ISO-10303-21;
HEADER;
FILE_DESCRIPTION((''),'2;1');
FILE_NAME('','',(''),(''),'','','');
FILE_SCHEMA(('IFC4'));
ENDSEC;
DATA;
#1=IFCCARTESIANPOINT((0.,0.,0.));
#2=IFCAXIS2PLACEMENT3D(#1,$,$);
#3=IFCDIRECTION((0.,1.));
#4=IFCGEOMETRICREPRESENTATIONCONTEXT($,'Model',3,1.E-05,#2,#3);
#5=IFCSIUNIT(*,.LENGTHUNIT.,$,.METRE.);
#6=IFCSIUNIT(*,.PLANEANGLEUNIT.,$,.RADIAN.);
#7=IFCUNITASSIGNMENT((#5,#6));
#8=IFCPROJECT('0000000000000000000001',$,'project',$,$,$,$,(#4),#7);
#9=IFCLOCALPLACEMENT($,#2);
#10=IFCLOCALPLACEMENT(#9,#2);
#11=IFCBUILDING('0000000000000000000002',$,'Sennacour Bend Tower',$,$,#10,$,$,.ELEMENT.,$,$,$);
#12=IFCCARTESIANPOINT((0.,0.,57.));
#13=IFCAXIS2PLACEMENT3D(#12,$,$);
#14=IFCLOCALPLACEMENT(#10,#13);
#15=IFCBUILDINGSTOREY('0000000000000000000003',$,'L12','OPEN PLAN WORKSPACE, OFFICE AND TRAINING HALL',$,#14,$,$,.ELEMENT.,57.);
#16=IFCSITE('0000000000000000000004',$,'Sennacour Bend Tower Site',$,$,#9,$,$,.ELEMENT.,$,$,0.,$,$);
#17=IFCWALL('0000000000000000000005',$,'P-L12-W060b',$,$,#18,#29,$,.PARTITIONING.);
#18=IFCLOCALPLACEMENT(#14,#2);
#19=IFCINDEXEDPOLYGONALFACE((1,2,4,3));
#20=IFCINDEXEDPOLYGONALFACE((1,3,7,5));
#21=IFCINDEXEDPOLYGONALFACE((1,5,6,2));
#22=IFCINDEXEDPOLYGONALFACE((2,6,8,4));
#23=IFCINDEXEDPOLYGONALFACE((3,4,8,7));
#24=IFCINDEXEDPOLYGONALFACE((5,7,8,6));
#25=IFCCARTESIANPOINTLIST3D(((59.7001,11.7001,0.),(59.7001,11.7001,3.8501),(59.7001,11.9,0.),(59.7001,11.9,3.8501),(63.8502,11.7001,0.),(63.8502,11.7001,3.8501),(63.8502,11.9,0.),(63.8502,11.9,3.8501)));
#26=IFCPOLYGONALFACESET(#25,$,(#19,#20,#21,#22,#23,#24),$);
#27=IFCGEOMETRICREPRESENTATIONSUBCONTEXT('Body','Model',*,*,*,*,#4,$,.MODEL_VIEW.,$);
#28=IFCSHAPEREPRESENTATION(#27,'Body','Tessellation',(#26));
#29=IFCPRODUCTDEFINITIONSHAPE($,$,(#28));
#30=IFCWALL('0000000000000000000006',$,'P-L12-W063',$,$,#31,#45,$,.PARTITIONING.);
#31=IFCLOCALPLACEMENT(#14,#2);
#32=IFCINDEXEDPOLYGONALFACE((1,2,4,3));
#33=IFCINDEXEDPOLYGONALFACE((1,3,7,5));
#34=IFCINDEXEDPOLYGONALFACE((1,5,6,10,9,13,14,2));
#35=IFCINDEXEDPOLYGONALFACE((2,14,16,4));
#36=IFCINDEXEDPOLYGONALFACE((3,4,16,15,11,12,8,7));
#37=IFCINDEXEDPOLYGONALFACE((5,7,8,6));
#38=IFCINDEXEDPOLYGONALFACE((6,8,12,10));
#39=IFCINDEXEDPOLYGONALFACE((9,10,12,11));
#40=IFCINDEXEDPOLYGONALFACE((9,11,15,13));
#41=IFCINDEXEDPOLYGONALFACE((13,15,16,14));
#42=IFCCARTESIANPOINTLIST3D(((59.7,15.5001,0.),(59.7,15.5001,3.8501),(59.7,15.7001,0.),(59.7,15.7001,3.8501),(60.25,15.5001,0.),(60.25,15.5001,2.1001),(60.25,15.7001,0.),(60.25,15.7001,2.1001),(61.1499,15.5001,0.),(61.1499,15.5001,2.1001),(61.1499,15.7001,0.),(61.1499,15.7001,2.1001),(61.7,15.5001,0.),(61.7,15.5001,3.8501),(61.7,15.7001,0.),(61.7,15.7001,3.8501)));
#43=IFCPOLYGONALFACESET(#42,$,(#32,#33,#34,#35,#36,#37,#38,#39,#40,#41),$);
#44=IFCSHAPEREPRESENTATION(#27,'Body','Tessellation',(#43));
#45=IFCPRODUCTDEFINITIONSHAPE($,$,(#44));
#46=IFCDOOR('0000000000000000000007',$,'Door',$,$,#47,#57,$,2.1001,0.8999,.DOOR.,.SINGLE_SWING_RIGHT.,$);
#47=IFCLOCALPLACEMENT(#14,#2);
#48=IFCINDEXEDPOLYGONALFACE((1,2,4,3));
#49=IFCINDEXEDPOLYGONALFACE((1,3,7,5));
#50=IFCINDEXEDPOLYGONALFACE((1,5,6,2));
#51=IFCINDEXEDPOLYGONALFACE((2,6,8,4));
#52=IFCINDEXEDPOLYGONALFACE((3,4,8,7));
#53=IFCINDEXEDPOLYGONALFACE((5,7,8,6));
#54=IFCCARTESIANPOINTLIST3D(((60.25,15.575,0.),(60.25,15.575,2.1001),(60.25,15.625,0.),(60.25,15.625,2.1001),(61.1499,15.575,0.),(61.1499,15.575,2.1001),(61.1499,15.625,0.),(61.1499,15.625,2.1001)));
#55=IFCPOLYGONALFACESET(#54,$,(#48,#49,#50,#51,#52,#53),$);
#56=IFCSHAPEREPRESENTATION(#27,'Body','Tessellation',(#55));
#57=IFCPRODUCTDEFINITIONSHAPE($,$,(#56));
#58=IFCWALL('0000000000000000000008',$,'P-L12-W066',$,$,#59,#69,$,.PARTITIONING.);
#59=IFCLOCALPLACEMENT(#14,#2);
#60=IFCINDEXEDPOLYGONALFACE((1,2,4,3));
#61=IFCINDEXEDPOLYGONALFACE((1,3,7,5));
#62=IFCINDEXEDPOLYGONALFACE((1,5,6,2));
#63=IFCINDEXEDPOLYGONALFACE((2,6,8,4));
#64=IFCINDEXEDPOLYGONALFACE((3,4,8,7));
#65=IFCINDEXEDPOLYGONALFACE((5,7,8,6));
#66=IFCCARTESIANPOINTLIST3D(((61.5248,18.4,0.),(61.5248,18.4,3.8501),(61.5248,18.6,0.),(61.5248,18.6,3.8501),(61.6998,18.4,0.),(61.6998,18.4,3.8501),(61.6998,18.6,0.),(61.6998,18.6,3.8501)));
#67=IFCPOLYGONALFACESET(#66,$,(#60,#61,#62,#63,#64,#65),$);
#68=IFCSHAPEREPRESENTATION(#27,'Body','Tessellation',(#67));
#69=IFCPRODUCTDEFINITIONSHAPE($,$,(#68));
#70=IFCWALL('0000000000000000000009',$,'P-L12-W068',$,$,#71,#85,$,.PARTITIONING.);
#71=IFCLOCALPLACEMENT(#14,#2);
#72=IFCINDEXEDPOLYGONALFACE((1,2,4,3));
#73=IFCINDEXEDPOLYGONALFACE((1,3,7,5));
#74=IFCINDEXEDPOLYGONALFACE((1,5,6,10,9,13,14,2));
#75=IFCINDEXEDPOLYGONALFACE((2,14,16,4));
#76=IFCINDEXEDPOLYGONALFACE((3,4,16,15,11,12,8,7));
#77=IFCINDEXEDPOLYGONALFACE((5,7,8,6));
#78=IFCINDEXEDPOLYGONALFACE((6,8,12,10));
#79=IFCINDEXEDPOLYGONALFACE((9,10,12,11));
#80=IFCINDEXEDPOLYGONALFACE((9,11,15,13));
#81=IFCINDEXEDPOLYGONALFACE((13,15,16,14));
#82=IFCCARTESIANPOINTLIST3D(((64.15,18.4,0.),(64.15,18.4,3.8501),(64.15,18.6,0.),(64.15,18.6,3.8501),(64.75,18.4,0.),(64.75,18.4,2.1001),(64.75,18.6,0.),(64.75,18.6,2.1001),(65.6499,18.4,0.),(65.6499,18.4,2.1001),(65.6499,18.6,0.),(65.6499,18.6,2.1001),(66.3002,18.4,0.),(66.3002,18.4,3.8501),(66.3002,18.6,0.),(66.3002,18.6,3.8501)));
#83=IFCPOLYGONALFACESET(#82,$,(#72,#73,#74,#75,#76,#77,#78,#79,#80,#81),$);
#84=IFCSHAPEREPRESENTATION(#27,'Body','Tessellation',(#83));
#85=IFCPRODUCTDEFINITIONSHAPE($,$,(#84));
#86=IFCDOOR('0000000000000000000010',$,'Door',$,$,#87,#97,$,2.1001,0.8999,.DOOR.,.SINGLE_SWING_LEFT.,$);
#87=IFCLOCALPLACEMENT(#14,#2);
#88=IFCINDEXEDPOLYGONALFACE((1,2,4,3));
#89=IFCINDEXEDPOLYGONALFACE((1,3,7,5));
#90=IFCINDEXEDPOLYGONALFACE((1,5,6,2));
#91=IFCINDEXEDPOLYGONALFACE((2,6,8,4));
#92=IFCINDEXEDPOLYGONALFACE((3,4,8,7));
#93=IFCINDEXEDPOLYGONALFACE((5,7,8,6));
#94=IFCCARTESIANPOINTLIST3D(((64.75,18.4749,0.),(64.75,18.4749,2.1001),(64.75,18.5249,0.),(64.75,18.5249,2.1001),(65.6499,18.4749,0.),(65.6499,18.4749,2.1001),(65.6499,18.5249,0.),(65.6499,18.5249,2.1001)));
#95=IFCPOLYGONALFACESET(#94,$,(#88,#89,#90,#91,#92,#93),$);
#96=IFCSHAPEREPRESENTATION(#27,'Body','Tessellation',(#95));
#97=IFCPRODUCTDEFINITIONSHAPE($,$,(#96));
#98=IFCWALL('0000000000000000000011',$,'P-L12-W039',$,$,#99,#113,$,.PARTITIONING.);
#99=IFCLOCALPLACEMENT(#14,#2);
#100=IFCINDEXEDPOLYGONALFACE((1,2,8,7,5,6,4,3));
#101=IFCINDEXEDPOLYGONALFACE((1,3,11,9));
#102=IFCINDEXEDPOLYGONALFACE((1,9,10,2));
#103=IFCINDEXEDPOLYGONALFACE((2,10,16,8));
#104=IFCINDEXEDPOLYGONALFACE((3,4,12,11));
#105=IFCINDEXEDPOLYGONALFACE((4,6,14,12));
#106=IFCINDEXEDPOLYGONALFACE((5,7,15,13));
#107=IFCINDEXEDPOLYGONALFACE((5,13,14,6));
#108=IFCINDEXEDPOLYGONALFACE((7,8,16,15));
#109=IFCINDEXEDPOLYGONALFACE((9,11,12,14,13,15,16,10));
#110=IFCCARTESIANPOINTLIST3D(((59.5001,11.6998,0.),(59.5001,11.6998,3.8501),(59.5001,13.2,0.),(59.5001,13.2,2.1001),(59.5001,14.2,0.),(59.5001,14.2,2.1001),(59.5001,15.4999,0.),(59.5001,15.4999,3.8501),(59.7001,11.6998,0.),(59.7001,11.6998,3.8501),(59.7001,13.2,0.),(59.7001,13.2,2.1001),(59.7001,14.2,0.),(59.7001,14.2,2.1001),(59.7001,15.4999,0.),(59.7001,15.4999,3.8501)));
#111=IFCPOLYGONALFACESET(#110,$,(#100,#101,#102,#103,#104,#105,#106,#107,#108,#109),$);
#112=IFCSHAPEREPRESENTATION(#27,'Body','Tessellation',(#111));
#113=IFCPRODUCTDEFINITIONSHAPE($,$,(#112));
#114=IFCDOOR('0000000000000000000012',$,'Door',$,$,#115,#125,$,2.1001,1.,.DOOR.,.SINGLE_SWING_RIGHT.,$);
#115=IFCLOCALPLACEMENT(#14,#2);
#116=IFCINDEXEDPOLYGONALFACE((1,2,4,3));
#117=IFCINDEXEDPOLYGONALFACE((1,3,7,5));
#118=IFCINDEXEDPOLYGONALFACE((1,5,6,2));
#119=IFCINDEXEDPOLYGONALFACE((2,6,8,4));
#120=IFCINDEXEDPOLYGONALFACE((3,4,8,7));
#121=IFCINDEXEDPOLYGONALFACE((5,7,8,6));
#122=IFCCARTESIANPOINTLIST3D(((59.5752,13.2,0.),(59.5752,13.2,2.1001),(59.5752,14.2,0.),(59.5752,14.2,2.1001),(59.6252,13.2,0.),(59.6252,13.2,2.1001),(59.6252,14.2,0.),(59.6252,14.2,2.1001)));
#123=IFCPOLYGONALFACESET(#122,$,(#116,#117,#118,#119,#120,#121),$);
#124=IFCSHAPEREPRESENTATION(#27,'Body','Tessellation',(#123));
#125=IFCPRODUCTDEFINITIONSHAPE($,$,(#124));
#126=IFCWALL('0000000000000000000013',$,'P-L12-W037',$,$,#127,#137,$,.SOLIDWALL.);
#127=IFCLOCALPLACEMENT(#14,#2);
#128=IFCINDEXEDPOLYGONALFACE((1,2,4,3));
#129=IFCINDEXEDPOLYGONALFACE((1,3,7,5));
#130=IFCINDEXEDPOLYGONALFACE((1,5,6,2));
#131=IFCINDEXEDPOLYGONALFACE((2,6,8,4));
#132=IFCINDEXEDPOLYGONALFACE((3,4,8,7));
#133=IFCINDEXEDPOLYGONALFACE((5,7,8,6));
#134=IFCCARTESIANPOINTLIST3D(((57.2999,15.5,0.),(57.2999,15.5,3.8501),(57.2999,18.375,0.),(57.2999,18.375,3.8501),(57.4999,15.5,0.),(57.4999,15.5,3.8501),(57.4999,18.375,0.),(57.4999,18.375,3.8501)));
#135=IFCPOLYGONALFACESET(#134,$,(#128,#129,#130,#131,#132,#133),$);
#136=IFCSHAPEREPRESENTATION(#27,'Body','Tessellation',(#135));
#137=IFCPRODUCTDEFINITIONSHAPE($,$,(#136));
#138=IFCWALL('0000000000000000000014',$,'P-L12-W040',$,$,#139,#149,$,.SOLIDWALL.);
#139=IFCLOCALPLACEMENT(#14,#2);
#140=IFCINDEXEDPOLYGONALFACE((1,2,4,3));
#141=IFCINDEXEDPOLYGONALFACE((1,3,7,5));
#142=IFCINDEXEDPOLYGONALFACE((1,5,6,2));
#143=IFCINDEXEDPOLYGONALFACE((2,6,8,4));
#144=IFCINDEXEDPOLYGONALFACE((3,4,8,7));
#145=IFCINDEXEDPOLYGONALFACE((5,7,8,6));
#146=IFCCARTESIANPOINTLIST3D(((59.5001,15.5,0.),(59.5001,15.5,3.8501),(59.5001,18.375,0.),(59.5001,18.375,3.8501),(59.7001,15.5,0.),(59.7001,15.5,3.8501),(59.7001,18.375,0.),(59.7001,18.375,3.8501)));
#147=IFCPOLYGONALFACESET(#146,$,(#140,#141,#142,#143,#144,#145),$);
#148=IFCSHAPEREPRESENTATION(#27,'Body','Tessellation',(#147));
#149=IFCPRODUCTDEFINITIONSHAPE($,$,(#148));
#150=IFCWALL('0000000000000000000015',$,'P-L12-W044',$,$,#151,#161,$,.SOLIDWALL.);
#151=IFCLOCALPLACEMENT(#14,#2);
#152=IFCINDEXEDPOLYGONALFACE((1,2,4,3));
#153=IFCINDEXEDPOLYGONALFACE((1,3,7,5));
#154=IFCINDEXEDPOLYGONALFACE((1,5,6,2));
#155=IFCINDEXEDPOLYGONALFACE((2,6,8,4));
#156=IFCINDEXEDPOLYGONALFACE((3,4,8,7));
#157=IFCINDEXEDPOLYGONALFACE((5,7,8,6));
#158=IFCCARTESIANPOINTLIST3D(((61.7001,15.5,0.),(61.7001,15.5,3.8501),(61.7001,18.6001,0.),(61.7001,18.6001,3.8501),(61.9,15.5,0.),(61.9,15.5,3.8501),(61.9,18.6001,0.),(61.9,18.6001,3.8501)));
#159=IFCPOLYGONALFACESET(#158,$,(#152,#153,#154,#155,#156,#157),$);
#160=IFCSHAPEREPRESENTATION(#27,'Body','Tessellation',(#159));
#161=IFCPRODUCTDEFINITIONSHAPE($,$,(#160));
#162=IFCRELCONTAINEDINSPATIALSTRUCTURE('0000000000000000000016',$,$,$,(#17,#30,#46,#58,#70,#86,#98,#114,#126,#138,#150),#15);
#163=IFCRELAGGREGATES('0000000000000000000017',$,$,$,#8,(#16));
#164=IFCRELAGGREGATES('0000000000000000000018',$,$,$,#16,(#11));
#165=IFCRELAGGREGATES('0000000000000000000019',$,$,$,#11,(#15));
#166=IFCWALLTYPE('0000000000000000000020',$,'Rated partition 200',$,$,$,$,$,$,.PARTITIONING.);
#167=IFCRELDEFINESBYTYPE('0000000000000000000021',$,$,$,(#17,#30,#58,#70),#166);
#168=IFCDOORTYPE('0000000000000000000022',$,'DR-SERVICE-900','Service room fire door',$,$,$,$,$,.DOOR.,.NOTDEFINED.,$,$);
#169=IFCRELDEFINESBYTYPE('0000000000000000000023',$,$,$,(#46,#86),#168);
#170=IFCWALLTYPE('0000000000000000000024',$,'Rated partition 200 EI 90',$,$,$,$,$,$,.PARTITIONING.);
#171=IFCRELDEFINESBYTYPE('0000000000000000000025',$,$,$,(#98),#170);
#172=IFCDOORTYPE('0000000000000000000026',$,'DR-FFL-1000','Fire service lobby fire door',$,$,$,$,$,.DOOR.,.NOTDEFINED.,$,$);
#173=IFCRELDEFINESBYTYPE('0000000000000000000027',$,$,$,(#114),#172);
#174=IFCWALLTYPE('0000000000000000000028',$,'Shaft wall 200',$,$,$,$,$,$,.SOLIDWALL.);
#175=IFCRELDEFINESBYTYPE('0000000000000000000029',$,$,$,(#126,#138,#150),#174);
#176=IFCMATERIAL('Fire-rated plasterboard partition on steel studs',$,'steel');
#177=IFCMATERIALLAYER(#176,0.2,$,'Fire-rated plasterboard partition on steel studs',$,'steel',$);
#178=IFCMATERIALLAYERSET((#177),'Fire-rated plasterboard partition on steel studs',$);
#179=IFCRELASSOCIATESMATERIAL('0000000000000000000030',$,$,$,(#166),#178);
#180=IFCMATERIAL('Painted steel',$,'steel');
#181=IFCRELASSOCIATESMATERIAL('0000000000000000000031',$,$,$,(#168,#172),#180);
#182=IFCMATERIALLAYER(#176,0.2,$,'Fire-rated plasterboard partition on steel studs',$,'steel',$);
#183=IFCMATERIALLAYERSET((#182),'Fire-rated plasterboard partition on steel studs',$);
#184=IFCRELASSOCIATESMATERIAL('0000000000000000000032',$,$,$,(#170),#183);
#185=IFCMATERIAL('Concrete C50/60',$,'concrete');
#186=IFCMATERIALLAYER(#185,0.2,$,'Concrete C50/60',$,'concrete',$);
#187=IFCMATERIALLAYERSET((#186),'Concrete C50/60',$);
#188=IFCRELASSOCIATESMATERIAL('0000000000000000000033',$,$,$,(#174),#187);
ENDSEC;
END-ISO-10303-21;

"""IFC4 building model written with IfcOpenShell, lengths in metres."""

from ifc_helpers import new_model, si_unit, direction, frame, frame_2d, origin, place, context, subcontext, project, spatial, rectangle, extrude, material, layer, layer_set, type_object, element, fill, save


model = new_model("IFC4")

# Units and contexts
model_context = context("Model", 3, precision=1e-05, world=origin(), true_north=direction((0.0, 1.0)))
body_context = subcontext(model_context, "Body", "Model", "MODEL_VIEW")
ifc_project = project(units=[si_unit("LENGTHUNIT", "METRE"), si_unit("PLANEANGLEUNIT", "RADIAN")], contexts=[model_context])

# Site, building, storey
site_placement = place(None, origin())
site = spatial("IfcSite", under=ifc_project, at=site_placement, Name="Sennacour Bend Tower Site", CompositionType="ELEMENT", RefElevation=0.0)
building_placement = place(site_placement, origin())
building = spatial("IfcBuilding", under=site, at=building_placement, Name="Sennacour Bend Tower", CompositionType="ELEMENT")
storey_placement = place(building_placement, frame((0.0, 0.0, 57.0)))
storey = spatial("IfcBuildingStorey", under=building, at=storey_placement, Name="L12", Description="OPEN PLAN WORKSPACE, OFFICE AND TRAINING HALL", CompositionType="ELEMENT", Elevation=57.0)

# Wall
ifc_material_1 = material(Name="Fire-rated plasterboard partition on steel studs", Category="steel")
ifc_layer_1 = layer(ifc_material_1, 0.2, Name="Fire-rated plasterboard partition on steel studs", Category="steel")
ifc_layer_set_1 = layer_set([ifc_layer_1], Name="Fire-rated plasterboard partition on steel studs")
wall_type_1 = type_object("IfcWallType", Name="Rated partition 200", PredefinedType="PARTITIONING", material=ifc_layer_set_1)
wall_1_placement = place(storey_placement, frame((59.7, 11.8, 0.0), z_axis=(0.0, 0.0, 1.0), x_axis=(1.0, 0.0, 0.0)))
element("IfcWall", 1, at=wall_1_placement, inside=storey, type_object=wall_type_1, Name="P-L12-W060b", PredefinedType="PARTITIONING", context=body_context, shape_type="SweptSolid", body=[
    extrude(rectangle(XDim=4.1501, YDim=0.2, at=frame_2d((2.0752, 0.0))), origin(), (0.0, 0.0, 1.0), 3.8501),
])

# Wall, opening, door
wall_2_placement = place(storey_placement, frame((59.7, 15.6001, 0.0), z_axis=(0.0, 0.0, 1.0), x_axis=(1.0, 0.0, 0.0)))
wall_2 = element("IfcWall", 2, at=wall_2_placement, inside=storey, type_object=wall_type_1, Name="P-L12-W063", PredefinedType="PARTITIONING", context=body_context, shape_type="SweptSolid", body=[
    extrude(rectangle(XDim=2.0, YDim=0.2, at=frame_2d((1.0, 0.0))), origin(), (0.0, 0.0, 1.0), 3.8501),
])
opening_1_placement = place(wall_2_placement, frame((0.55, 0.0, 0.0)))
opening_1 = element("IfcOpeningElement", 3, at=opening_1_placement, cuts=wall_2, PredefinedType="OPENING", context=body_context, shape_type="SweptSolid", body=[
    extrude(rectangle(XDim=0.8999, YDim=2.1001, at=frame_2d((0.45, 1.05))), frame((0.0, 0.1099, 0.0), z_axis=(0.0, -1.0, 0.0), x_axis=(1.0, 0.0, 0.0)), (0.0, 0.0, 1.0), 0.22),
])
ifc_material_2 = material(Name="Painted steel", Category="steel")
door_type_1 = type_object("IfcDoorType", Name="DR-SERVICE-900", Description="Service room fire door", OperationType="NOTDEFINED", PredefinedType="DOOR", material=ifc_material_2)
door_1_placement = place(opening_1_placement, origin())
door_1 = element("IfcDoor", 4, at=door_1_placement, inside=storey, type_object=door_type_1, Name="Door", OperationType="SINGLE_SWING_RIGHT", OverallHeight=2.1001, OverallWidth=0.8999, PredefinedType="DOOR", context=body_context, shape_type="SweptSolid", body=[
    extrude(rectangle(XDim=0.8999, YDim=2.1001, at=frame_2d((0.45, 1.05))), frame((0.0, 0.0249, 0.0), z_axis=(0.0, -1.0, 0.0), x_axis=(1.0, 0.0, 0.0)), (0.0, 0.0, 1.0), 0.05),
])
fill(opening_1, door_1)

# Wall
wall_3_placement = place(storey_placement, frame((61.5249, 18.5, 0.0), z_axis=(0.0, 0.0, 1.0), x_axis=(1.0, 0.0, 0.0)))
element("IfcWall", 5, at=wall_3_placement, inside=storey, type_object=wall_type_1, Name="P-L12-W066", PredefinedType="PARTITIONING", context=body_context, shape_type="SweptSolid", body=[
    extrude(rectangle(XDim=0.175, YDim=0.2, at=frame_2d((0.0874, 0.0))), origin(), (0.0, 0.0, 1.0), 3.8501),
])

# Walls, openings, doors
wall_4_placement = place(storey_placement, frame((64.1499, 18.5, 0.0), z_axis=(0.0, 0.0, 1.0), x_axis=(1.0, 0.0, 0.0)))
wall_4 = element("IfcWall", 6, at=wall_4_placement, inside=storey, type_object=wall_type_1, Name="P-L12-W068", PredefinedType="PARTITIONING", context=body_context, shape_type="SweptSolid", body=[
    extrude(rectangle(XDim=2.1501, YDim=0.2, at=frame_2d((1.0752, 0.0))), origin(), (0.0, 0.0, 1.0), 3.8501),
])
opening_2_placement = place(wall_4_placement, frame((0.6001, 0.0, 0.0)))
opening_2 = element("IfcOpeningElement", 7, at=opening_2_placement, cuts=wall_4, PredefinedType="OPENING", context=body_context, shape_type="SweptSolid", body=[
    extrude(rectangle(XDim=0.8999, YDim=2.1001, at=frame_2d((0.45, 1.05))), frame((0.0, 0.1099, 0.0), z_axis=(0.0, -1.0, 0.0), x_axis=(1.0, 0.0, 0.0)), (0.0, 0.0, 1.0), 0.22),
])
door_2_placement = place(opening_2_placement, origin())
door_2 = element("IfcDoor", 8, at=door_2_placement, inside=storey, type_object=door_type_1, Name="Door", OperationType="SINGLE_SWING_LEFT", OverallHeight=2.1001, OverallWidth=0.8999, PredefinedType="DOOR", context=body_context, shape_type="SweptSolid", body=[
    extrude(rectangle(XDim=0.8999, YDim=2.1001, at=frame_2d((0.45, 1.05))), frame((0.0, 0.0249, 0.0), z_axis=(0.0, -1.0, 0.0), x_axis=(1.0, 0.0, 0.0)), (0.0, 0.0, 1.0), 0.05),
])
fill(opening_2, door_2)
ifc_layer_2 = layer(ifc_material_1, 0.2, Name="Fire-rated plasterboard partition on steel studs", Category="steel")
ifc_layer_set_2 = layer_set([ifc_layer_2], Name="Fire-rated plasterboard partition on steel studs")
wall_type_2 = type_object("IfcWallType", Name="Rated partition 200 EI 90", PredefinedType="PARTITIONING", material=ifc_layer_set_2)
wall_5_placement = place(storey_placement, frame((59.6001, 11.7, 0.0), z_axis=(0.0, 0.0, 1.0), x_axis=(0.0, 1.0, 0.0)))
wall_5 = element("IfcWall", 9, at=wall_5_placement, inside=storey, type_object=wall_type_2, Name="P-L12-W039", PredefinedType="PARTITIONING", context=body_context, shape_type="SweptSolid", body=[
    extrude(rectangle(XDim=3.8, YDim=0.2, at=frame_2d((1.8999, 0.0))), origin(), (0.0, 0.0, 1.0), 3.8501),
])
opening_3_placement = place(wall_5_placement, frame((1.5, 0.0, 0.0)))
opening_3 = element("IfcOpeningElement", 10, at=opening_3_placement, cuts=wall_5, PredefinedType="OPENING", context=body_context, shape_type="SweptSolid", body=[
    extrude(rectangle(XDim=1.0, YDim=2.1001, at=frame_2d((0.5, 1.05))), frame((0.0, 0.1099, 0.0), z_axis=(0.0, -1.0, 0.0), x_axis=(1.0, 0.0, 0.0)), (0.0, 0.0, 1.0), 0.22),
])
door_type_2 = type_object("IfcDoorType", Name="DR-FFL-1000", Description="Fire service lobby fire door", OperationType="NOTDEFINED", PredefinedType="DOOR", material=ifc_material_2)
door_3_placement = place(opening_3_placement, origin())
door_3 = element("IfcDoor", 11, at=door_3_placement, inside=storey, type_object=door_type_2, Name="Door", OperationType="SINGLE_SWING_RIGHT", OverallHeight=2.1001, OverallWidth=1.0, PredefinedType="DOOR", context=body_context, shape_type="SweptSolid", body=[
    extrude(rectangle(XDim=1.0, YDim=2.1001, at=frame_2d((0.5, 1.05))), frame((0.0, 0.0249, 0.0), z_axis=(0.0, -1.0, 0.0), x_axis=(1.0, 0.0, 0.0)), (0.0, 0.0, 1.0), 0.05),
])
fill(opening_3, door_3)

# Walls
ifc_material_3 = material(Name="Concrete C50/60", Category="concrete")
ifc_layer_3 = layer(ifc_material_3, 0.2, Name="Concrete C50/60", Category="concrete")
ifc_layer_set_3 = layer_set([ifc_layer_3], Name="Concrete C50/60")
wall_type_3 = type_object("IfcWallType", Name="Shaft wall 200", PredefinedType="SOLIDWALL", material=ifc_layer_set_3)
for number, where, z_axis, x_axis, name in (
    (12, (57.3999, 15.5, 0.0), (0.0, 0.0, 1.0), (0.0, 1.0, 0.0), "P-L12-W037"),
    (13, (59.6001, 15.5, 0.0), (0.0, 0.0, 1.0), (0.0, 1.0, 0.0), "P-L12-W040"),
):
    element("IfcWall", number, at=place(storey_placement, frame(where, z_axis=z_axis, x_axis=x_axis)), inside=storey, type_object=wall_type_3, Name=name, PredefinedType="SOLIDWALL", context=body_context, shape_type="SweptSolid", body=[
        extrude(rectangle(XDim=2.875, YDim=0.2, at=frame_2d((1.4375, 0.0))), origin(), (0.0, 0.0, 1.0), 3.8501),
    ])
wall_6_placement = place(storey_placement, frame((61.8, 15.5, 0.0), z_axis=(0.0, 0.0, 1.0), x_axis=(0.0, 1.0, 0.0)))
element("IfcWall", 14, at=wall_6_placement, inside=storey, type_object=wall_type_3, Name="P-L12-W044", PredefinedType="SOLIDWALL", context=body_context, shape_type="SweptSolid", body=[
    extrude(rectangle(XDim=3.1001, YDim=0.2, at=frame_2d((1.55, 0.0))), origin(), (0.0, 0.0, 1.0), 3.8501),
])

save(model, "model.ifc")
